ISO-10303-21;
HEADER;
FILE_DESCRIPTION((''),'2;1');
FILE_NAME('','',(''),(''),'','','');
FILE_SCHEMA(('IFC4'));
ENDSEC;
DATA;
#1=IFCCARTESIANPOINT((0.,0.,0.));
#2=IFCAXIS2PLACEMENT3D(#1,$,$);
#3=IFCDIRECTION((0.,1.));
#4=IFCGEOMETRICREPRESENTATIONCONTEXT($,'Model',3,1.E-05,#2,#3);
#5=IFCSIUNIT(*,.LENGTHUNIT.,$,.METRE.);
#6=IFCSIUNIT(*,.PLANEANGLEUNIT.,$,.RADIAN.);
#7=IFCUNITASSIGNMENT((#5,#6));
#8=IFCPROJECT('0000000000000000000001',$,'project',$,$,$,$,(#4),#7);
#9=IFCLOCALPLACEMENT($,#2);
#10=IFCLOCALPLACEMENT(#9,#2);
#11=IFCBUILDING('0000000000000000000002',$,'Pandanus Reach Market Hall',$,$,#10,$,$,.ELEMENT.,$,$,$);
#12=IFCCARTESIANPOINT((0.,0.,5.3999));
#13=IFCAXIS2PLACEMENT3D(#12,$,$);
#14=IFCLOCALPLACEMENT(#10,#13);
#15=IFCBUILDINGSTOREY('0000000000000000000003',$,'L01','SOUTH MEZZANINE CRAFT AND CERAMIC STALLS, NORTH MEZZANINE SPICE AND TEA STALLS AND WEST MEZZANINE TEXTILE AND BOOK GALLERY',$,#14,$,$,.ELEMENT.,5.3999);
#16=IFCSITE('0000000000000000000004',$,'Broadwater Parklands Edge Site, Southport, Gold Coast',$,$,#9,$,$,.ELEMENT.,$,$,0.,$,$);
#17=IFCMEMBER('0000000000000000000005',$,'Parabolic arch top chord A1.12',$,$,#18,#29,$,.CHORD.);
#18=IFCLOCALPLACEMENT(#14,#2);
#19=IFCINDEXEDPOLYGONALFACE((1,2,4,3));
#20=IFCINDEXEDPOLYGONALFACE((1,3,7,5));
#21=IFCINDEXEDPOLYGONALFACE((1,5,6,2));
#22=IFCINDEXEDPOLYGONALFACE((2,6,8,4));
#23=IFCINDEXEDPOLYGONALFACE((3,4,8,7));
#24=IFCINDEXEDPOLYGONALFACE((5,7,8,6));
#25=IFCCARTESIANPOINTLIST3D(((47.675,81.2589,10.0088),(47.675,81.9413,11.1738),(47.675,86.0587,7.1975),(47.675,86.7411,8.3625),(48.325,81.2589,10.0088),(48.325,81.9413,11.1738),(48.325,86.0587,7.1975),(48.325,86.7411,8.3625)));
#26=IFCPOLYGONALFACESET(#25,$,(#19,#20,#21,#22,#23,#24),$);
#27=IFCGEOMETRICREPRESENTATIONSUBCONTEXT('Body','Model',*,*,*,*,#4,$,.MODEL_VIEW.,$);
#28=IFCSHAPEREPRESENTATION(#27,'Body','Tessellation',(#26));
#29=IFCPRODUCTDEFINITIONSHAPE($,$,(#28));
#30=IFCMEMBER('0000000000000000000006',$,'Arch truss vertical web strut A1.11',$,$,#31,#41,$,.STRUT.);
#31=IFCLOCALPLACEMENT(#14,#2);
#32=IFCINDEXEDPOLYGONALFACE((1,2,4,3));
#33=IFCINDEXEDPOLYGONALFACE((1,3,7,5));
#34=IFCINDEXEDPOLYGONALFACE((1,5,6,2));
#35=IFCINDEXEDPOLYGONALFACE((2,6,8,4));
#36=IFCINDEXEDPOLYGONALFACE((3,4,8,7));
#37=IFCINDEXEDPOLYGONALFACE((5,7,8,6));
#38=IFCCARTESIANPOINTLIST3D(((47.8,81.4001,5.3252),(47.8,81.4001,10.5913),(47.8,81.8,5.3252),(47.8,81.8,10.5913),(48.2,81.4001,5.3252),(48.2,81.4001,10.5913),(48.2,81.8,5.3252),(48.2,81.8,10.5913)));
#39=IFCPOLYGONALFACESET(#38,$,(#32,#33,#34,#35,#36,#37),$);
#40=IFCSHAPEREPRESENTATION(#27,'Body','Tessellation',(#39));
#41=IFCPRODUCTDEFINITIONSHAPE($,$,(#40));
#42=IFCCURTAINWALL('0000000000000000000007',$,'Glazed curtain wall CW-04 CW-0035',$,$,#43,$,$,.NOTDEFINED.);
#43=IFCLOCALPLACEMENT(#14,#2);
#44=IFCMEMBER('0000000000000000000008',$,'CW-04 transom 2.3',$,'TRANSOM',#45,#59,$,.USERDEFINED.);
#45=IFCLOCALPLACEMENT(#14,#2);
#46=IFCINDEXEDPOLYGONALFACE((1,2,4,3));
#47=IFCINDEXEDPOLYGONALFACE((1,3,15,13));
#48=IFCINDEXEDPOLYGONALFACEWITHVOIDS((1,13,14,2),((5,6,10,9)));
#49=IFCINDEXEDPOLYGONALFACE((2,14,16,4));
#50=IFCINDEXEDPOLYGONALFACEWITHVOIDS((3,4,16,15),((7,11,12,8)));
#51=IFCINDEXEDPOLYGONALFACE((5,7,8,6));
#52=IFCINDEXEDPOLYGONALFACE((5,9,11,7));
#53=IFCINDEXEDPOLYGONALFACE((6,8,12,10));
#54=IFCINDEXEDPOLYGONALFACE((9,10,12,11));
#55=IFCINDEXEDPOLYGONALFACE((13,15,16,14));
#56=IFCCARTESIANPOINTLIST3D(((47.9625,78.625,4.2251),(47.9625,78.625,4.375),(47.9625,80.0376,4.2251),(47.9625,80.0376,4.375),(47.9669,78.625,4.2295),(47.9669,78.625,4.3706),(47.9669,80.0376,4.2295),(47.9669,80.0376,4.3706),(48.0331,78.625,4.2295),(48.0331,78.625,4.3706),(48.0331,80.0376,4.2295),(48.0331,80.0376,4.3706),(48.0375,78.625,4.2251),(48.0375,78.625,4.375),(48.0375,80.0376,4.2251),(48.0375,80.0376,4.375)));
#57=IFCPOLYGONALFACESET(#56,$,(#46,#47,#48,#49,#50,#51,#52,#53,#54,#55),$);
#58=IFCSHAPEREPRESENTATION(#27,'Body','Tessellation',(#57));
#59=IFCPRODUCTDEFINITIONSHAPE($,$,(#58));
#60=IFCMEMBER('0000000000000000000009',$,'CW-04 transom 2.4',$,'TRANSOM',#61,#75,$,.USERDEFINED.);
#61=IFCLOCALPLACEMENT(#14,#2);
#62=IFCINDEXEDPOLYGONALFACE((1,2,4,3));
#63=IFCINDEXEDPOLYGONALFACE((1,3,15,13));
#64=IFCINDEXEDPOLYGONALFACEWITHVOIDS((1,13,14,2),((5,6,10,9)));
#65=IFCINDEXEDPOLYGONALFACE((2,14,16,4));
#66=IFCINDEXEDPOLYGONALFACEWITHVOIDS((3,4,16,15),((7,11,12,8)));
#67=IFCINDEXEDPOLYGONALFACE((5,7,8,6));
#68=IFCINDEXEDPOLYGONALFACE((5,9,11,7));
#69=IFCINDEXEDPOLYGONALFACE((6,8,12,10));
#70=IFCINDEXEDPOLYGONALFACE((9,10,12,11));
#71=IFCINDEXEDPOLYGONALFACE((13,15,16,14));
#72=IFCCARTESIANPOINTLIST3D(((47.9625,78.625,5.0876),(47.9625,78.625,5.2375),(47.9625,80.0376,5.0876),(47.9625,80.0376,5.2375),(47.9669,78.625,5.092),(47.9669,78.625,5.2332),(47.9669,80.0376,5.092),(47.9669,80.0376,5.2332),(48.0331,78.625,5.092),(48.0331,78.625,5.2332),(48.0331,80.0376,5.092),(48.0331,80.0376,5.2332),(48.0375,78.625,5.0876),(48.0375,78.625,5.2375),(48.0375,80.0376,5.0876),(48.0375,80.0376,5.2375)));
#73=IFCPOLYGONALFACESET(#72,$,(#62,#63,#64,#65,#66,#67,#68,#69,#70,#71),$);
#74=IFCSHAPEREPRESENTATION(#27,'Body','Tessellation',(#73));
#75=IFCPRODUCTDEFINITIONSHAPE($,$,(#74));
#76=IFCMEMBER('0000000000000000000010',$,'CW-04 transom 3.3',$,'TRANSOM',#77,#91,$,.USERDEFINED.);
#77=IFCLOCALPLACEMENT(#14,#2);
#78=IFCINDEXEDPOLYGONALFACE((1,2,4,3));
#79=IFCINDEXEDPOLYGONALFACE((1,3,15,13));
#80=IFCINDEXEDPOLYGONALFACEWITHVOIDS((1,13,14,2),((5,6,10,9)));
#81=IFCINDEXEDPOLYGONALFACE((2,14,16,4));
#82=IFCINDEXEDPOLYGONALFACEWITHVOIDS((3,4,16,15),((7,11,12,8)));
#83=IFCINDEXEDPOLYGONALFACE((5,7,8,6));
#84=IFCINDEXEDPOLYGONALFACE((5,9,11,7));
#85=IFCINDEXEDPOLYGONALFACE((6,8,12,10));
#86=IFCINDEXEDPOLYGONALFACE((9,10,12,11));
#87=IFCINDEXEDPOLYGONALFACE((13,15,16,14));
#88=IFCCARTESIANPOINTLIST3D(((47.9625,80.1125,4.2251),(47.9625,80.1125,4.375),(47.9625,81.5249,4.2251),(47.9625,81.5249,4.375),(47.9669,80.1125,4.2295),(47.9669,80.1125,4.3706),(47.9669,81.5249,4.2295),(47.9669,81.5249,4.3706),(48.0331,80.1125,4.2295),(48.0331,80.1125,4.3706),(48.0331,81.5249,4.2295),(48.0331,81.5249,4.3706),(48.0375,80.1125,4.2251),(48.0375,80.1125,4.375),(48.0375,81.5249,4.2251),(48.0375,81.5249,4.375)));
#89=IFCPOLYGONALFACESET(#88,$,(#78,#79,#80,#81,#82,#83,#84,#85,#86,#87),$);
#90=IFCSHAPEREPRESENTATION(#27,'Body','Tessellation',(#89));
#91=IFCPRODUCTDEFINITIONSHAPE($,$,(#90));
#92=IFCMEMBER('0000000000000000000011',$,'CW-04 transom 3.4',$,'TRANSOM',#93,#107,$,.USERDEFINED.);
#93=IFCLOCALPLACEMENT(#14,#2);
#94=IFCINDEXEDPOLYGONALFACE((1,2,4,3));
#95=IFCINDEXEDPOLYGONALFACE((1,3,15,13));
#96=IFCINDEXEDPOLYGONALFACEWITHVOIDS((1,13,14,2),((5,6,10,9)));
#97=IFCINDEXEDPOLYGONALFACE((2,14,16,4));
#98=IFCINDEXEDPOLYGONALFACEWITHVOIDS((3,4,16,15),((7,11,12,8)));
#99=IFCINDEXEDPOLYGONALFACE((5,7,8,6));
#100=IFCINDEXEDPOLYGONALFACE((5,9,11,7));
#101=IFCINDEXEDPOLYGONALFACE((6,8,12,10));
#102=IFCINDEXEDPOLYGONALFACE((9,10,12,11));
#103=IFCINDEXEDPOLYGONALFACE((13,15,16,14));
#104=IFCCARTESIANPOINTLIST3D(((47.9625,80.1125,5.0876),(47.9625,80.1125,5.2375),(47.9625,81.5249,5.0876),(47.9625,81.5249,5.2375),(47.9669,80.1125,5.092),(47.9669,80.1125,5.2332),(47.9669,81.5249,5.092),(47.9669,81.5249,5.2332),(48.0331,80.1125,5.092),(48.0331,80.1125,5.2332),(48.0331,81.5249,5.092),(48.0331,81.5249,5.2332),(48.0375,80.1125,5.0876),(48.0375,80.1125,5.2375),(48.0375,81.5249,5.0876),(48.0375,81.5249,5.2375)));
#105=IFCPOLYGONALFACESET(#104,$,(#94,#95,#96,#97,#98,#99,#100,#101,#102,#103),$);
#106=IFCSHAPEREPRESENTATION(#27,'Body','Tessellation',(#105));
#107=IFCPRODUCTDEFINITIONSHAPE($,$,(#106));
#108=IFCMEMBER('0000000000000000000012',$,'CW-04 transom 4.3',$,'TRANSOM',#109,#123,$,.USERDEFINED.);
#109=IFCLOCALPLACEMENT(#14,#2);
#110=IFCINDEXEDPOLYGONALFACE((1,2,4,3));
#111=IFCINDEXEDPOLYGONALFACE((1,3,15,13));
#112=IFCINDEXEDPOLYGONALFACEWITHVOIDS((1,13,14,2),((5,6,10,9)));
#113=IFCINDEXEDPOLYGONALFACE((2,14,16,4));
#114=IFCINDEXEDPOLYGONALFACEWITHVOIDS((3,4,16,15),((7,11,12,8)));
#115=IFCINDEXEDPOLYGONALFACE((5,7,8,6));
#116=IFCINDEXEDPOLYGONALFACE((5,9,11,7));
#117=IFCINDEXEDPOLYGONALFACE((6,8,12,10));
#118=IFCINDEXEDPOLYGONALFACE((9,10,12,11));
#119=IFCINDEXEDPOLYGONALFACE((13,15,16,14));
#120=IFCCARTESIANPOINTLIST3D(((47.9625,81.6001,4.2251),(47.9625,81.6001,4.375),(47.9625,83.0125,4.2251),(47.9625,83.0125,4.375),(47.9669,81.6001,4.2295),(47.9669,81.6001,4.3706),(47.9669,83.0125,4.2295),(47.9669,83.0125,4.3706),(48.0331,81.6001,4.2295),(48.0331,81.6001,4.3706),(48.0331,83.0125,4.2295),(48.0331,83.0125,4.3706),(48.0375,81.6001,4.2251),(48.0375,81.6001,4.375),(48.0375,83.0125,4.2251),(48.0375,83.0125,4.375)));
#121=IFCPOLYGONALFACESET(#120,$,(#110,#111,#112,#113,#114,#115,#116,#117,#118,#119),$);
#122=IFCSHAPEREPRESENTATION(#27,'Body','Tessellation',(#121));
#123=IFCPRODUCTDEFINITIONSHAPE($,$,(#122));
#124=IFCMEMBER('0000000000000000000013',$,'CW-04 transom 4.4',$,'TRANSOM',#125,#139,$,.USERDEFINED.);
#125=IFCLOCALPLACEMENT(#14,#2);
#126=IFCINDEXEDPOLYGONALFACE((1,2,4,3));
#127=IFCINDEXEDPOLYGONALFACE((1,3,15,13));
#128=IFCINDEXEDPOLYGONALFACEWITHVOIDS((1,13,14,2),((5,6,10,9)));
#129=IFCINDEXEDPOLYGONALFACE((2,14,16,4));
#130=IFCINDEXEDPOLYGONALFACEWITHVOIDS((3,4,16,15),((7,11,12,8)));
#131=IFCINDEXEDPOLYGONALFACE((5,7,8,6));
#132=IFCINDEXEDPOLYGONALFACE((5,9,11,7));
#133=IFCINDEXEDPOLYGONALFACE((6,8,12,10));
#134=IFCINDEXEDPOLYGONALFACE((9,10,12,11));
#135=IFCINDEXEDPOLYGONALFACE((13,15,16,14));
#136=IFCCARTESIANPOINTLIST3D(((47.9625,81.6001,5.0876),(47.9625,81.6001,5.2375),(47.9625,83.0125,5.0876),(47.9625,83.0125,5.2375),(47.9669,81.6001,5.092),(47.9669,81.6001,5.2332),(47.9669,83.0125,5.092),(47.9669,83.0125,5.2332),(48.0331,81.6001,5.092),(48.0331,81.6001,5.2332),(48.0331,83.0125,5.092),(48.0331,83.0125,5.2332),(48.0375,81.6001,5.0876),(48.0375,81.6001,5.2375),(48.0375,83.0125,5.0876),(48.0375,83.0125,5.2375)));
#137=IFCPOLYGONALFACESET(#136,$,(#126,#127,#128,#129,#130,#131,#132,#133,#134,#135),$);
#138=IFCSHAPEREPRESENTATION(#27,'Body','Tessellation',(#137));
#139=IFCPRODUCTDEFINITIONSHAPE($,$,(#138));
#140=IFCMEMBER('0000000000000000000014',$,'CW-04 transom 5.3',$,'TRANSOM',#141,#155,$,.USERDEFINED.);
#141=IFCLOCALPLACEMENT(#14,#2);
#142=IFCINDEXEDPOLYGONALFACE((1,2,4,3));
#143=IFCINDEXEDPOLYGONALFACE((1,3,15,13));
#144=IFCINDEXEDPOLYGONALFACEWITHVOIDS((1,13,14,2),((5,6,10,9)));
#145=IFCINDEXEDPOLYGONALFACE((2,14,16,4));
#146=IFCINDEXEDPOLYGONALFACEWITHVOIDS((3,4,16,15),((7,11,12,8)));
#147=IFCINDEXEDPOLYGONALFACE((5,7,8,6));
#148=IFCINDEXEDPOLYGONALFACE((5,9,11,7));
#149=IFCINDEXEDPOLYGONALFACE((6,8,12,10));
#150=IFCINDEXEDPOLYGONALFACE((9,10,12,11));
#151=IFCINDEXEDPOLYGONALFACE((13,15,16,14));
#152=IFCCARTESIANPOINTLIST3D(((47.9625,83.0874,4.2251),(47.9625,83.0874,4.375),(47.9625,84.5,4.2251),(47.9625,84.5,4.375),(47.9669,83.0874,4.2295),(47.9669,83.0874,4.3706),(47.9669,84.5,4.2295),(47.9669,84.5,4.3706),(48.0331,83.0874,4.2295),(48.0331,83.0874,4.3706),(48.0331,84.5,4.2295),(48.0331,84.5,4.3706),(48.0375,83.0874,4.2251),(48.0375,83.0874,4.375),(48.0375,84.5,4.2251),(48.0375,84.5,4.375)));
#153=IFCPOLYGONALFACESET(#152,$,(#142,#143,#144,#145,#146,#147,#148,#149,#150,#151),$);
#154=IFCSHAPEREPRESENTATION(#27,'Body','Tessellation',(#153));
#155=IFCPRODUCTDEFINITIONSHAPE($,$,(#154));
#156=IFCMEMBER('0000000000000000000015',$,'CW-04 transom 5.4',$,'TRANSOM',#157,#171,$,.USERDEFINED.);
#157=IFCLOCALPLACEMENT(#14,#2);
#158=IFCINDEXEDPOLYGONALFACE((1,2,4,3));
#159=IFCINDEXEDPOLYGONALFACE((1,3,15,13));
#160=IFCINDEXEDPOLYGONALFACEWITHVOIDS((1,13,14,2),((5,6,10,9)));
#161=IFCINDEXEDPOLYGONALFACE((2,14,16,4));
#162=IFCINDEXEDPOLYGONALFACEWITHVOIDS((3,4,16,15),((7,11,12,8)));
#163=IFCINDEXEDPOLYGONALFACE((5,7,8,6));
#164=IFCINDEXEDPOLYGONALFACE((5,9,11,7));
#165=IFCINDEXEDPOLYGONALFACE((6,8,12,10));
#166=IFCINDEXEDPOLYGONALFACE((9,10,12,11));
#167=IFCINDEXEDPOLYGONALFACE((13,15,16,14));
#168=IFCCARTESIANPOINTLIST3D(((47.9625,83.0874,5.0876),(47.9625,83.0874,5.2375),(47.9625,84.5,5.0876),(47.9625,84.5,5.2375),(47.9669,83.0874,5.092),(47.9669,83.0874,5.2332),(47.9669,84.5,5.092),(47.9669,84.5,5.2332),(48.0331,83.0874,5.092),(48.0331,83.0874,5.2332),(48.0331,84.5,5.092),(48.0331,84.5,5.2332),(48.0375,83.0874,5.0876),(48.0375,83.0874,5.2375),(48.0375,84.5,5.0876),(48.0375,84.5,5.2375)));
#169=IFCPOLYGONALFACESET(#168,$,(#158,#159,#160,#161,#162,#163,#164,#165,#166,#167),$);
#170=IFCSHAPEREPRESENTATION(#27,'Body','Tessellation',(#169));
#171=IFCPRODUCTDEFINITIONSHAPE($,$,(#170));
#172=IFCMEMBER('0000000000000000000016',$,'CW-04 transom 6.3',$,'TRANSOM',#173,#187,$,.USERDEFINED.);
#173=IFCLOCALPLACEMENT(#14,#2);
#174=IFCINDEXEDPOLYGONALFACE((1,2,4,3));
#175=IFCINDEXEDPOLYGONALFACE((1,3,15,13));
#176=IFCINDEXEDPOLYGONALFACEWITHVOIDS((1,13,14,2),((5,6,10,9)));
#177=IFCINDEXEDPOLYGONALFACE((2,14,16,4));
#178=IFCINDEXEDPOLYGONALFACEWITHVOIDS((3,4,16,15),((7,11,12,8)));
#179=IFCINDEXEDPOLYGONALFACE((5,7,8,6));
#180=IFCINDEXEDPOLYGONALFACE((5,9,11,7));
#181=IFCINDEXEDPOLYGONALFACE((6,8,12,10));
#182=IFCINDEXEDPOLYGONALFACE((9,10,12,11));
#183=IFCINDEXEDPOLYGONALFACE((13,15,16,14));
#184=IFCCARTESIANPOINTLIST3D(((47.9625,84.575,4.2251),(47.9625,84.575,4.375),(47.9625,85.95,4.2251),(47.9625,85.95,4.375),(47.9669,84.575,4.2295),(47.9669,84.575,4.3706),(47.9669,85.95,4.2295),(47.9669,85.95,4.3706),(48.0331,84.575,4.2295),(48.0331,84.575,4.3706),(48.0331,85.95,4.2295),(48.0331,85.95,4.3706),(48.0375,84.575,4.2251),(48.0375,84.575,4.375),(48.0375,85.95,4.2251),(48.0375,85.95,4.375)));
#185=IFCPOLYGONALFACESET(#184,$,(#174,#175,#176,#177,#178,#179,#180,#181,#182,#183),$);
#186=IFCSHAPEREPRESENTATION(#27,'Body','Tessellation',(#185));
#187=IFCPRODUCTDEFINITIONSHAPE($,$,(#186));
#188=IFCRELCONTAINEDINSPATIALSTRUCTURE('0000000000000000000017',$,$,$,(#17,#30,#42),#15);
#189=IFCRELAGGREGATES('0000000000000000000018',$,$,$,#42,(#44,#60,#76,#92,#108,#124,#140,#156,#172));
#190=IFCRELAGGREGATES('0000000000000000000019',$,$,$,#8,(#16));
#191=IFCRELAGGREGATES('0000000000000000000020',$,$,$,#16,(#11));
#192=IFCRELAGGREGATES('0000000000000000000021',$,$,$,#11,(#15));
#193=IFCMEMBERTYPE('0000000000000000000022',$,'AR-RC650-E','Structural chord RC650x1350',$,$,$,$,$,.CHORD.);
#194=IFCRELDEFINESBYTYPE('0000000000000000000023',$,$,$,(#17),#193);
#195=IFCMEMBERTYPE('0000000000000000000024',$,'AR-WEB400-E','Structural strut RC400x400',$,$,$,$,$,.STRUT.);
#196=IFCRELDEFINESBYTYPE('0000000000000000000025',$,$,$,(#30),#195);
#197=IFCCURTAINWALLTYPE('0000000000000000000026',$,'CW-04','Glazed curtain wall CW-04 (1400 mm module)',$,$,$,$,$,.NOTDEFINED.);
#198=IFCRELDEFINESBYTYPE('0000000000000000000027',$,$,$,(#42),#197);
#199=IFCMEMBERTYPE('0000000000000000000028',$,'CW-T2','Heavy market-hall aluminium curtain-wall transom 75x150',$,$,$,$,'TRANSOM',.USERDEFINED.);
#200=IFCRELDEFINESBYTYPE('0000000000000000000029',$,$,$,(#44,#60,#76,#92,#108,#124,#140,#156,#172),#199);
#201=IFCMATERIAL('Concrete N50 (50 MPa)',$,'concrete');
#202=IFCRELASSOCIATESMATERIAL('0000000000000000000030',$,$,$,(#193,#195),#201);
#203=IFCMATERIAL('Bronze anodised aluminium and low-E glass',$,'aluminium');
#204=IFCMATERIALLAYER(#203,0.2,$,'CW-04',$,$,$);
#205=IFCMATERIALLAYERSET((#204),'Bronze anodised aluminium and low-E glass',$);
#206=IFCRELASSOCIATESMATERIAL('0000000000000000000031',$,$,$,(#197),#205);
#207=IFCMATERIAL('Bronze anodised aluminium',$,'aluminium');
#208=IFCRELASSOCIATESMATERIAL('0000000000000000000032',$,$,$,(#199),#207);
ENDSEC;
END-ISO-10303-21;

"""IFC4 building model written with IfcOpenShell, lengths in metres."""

from ifc_helpers import new_model, si_unit, direction, frame, origin, origin_2d, place, context, subcontext, project, spatial, rectangle, hollow_rectangle, extrude, material, layer, layer_set, material_profile, profile_set, type_object, element, aggregate, save


model = new_model("IFC4")

# Units and contexts
model_context = context("Model", 3, precision=1e-05, world=origin(), true_north=direction((0.0, 1.0)))
body_context = subcontext(model_context, "Body", "Model", "MODEL_VIEW")
ifc_project = project(units=[si_unit("LENGTHUNIT", "METRE"), si_unit("PLANEANGLEUNIT", "RADIAN")], contexts=[model_context])

# Site, building, storey
site_placement = place(None, origin())
site = spatial("IfcSite", under=ifc_project, at=site_placement, Name="Broadwater Parklands Edge Site, Southport, Gold Coast", CompositionType="ELEMENT", RefElevation=0.0)
building_placement = place(site_placement, origin())
building = spatial("IfcBuilding", under=site, at=building_placement, Name="Pandanus Reach Market Hall", CompositionType="ELEMENT")
storey_placement = place(building_placement, frame((0.0, 0.0, 5.3999)))
storey = spatial("IfcBuildingStorey", under=building, at=storey_placement, Name="L01", Description="SOUTH MEZZANINE CRAFT AND CERAMIC STALLS, NORTH MEZZANINE SPICE AND TEA STALLS AND WEST MEZZANINE TEXTILE AND BOOK GALLERY", CompositionType="ELEMENT", Elevation=5.3999)

# Members
ifc_material_1 = material(Name="Concrete N50 (50 MPa)", Category="concrete")
ifc_material_profile_1 = material_profile(ifc_material_1, rectangle(XDim=0.6499, YDim=1.3501, at=origin_2d()), Name="RC650x1350", Category="LoadBearing")
ifc_profile_set_1 = profile_set([ifc_material_profile_1], Name="Concrete N50 (50 MPa)")
member_type_1 = type_object("IfcMemberType", Name="AR-RC650-E", Description="Structural chord RC650x1350", PredefinedType="CHORD", material=ifc_profile_set_1)
member_1_placement = place(storey_placement, frame((48.0, 81.6001, 10.5913), z_axis=(0.0, 0.862886, -0.505398), x_axis=(-1.0, 0.0, 0.0)))
element("IfcMember", 1, at=member_1_placement, inside=storey, type_object=member_type_1, Name="Parabolic arch top chord A1.12", PredefinedType="CHORD", context=body_context, shape_type="SweptSolid", body=[
    extrude(rectangle(XDim=0.6499, YDim=1.3501, at=origin_2d()), origin(), (0.0, 0.0, 1.0), 5.5625),
])
ifc_material_profile_2 = material_profile(ifc_material_1, rectangle(XDim=0.3999, YDim=0.3999, at=origin_2d()), Name="RC400x400", Category="LoadBearing")
ifc_profile_set_2 = profile_set([ifc_material_profile_2], Name="Concrete N50 (50 MPa)")
member_type_2 = type_object("IfcMemberType", Name="AR-WEB400-E", Description="Structural strut RC400x400", PredefinedType="STRUT", material=ifc_profile_set_2)
member_2_placement = place(storey_placement, frame((48.0, 81.6001, 5.3252), z_axis=(0.0, 0.0, 1.0), x_axis=(1.0, 0.0, 0.0)))
element("IfcMember", 2, at=member_2_placement, inside=storey, type_object=member_type_2, Name="Arch truss vertical web strut A1.11", PredefinedType="STRUT", context=body_context, shape_type="SweptSolid", body=[
    extrude(rectangle(XDim=0.3999, YDim=0.3999, at=origin_2d()), origin(), (0.0, 0.0, 1.0), 5.2661),
])

# Curtain wall, members
ifc_material_2 = material(Name="Bronze anodised aluminium and low-E glass", Category="aluminium")
ifc_layer_1 = layer(ifc_material_2, 0.2, Name="CW-04")
ifc_layer_set_1 = layer_set([ifc_layer_1], Name="Bronze anodised aluminium and low-E glass")
curtain_wall_type = type_object("IfcCurtainWallType", Name="CW-04", Description="Glazed curtain wall CW-04 (1400 mm module)", PredefinedType="NOTDEFINED", material=ifc_layer_set_1)
curtain_wall_placement = place(storey_placement, origin())
curtain_wall = element("IfcCurtainWall", 3, at=curtain_wall_placement, inside=storey, type_object=curtain_wall_type, Name="Glazed curtain wall CW-04 CW-0035", PredefinedType="NOTDEFINED")
ifc_material_3 = material(Name="Bronze anodised aluminium", Category="aluminium")
ifc_material_profile_3 = material_profile(ifc_material_3, hollow_rectangle(XDim=0.075, YDim=0.1499, WallThickness=0.0044, at=origin_2d()), Name="ALU75x150", Category="LoadBearing")
ifc_profile_set_3 = profile_set([ifc_material_profile_3], Name="Bronze anodised aluminium")
member_type_3 = type_object("IfcMemberType", Name="CW-T2", Description="Heavy market-hall aluminium curtain-wall transom 75x150", ElementType="TRANSOM", PredefinedType="USERDEFINED", material=ifc_profile_set_3)
member_3_placement = place(storey_placement, frame((48.0, 78.625, 4.3), z_axis=(0.0, 1.0, 0.0), x_axis=(-1.0, 0.0, 0.0)))
member_3 = element("IfcMember", 4, at=member_3_placement, type_object=member_type_3, Name="CW-04 transom 2.3", ObjectType="TRANSOM", PredefinedType="USERDEFINED", context=body_context, shape_type="SweptSolid", body=[
    extrude(hollow_rectangle(XDim=0.075, YDim=0.1499, WallThickness=0.0044, at=origin_2d()), origin(), (0.0, 0.0, 1.0), 1.4126),
])
member_4_placement = place(storey_placement, frame((48.0, 78.625, 5.1626), z_axis=(0.0, 1.0, 0.0), x_axis=(-1.0, 0.0, 0.0)))
member_4 = element("IfcMember", 5, at=member_4_placement, type_object=member_type_3, Name="CW-04 transom 2.4", ObjectType="TRANSOM", PredefinedType="USERDEFINED", context=body_context, shape_type="SweptSolid", body=[
    extrude(hollow_rectangle(XDim=0.075, YDim=0.1499, WallThickness=0.0044, at=origin_2d()), origin(), (0.0, 0.0, 1.0), 1.4126),
])
member_5_placement = place(storey_placement, frame((48.0, 80.1125, 4.3), z_axis=(0.0, 1.0, 0.0), x_axis=(-1.0, 0.0, 0.0)))
member_5 = element("IfcMember", 6, at=member_5_placement, type_object=member_type_3, Name="CW-04 transom 3.3", ObjectType="TRANSOM", PredefinedType="USERDEFINED", context=body_context, shape_type="SweptSolid", body=[
    extrude(hollow_rectangle(XDim=0.075, YDim=0.1499, WallThickness=0.0044, at=origin_2d()), origin(), (0.0, 0.0, 1.0), 1.4124),
])
member_6_placement = place(storey_placement, frame((48.0, 80.1125, 5.1626), z_axis=(0.0, 1.0, 0.0), x_axis=(-1.0, 0.0, 0.0)))
member_6 = element("IfcMember", 7, at=member_6_placement, type_object=member_type_3, Name="CW-04 transom 3.4", ObjectType="TRANSOM", PredefinedType="USERDEFINED", context=body_context, shape_type="SweptSolid", body=[
    extrude(hollow_rectangle(XDim=0.075, YDim=0.1499, WallThickness=0.0044, at=origin_2d()), origin(), (0.0, 0.0, 1.0), 1.4124),
])
member_7_placement = place(storey_placement, frame((48.0, 81.6001, 4.3), z_axis=(0.0, 1.0, 0.0), x_axis=(-1.0, 0.0, 0.0)))
member_7 = element("IfcMember", 8, at=member_7_placement, type_object=member_type_3, Name="CW-04 transom 4.3", ObjectType="TRANSOM", PredefinedType="USERDEFINED", context=body_context, shape_type="SweptSolid", body=[
    extrude(hollow_rectangle(XDim=0.075, YDim=0.1499, WallThickness=0.0044, at=origin_2d()), origin(), (0.0, 0.0, 1.0), 1.4124),
])
member_8_placement = place(storey_placement, frame((48.0, 81.6001, 5.1626), z_axis=(0.0, 1.0, 0.0), x_axis=(-1.0, 0.0, 0.0)))
member_8 = element("IfcMember", 9, at=member_8_placement, type_object=member_type_3, Name="CW-04 transom 4.4", ObjectType="TRANSOM", PredefinedType="USERDEFINED", context=body_context, shape_type="SweptSolid", body=[
    extrude(hollow_rectangle(XDim=0.075, YDim=0.1499, WallThickness=0.0044, at=origin_2d()), origin(), (0.0, 0.0, 1.0), 1.4124),
])
member_9_placement = place(storey_placement, frame((48.0, 83.0874, 4.3), z_axis=(0.0, 1.0, 0.0), x_axis=(-1.0, 0.0, 0.0)))
member_9 = element("IfcMember", 10, at=member_9_placement, type_object=member_type_3, Name="CW-04 transom 5.3", ObjectType="TRANSOM", PredefinedType="USERDEFINED", context=body_context, shape_type="SweptSolid", body=[
    extrude(hollow_rectangle(XDim=0.075, YDim=0.1499, WallThickness=0.0044, at=origin_2d()), origin(), (0.0, 0.0, 1.0), 1.4126),
])
member_10_placement = place(storey_placement, frame((48.0, 83.0874, 5.1626), z_axis=(0.0, 1.0, 0.0), x_axis=(-1.0, 0.0, 0.0)))
member_10 = element("IfcMember", 11, at=member_10_placement, type_object=member_type_3, Name="CW-04 transom 5.4", ObjectType="TRANSOM", PredefinedType="USERDEFINED", context=body_context, shape_type="SweptSolid", body=[
    extrude(hollow_rectangle(XDim=0.075, YDim=0.1499, WallThickness=0.0044, at=origin_2d()), origin(), (0.0, 0.0, 1.0), 1.4126),
])
member_11_placement = place(storey_placement, frame((48.0, 84.575, 4.3), z_axis=(0.0, 1.0, 0.0), x_axis=(-1.0, 0.0, 0.0)))
member_11 = element("IfcMember", 12, at=member_11_placement, type_object=member_type_3, Name="CW-04 transom 6.3", ObjectType="TRANSOM", PredefinedType="USERDEFINED", context=body_context, shape_type="SweptSolid", body=[
    extrude(hollow_rectangle(XDim=0.075, YDim=0.1499, WallThickness=0.0044, at=origin_2d()), origin(), (0.0, 0.0, 1.0), 1.375),
])
aggregate(curtain_wall, [member_3, member_4, member_5, member_6, member_7, member_8, member_9, member_10, member_11])

save(model, "model.ifc")
